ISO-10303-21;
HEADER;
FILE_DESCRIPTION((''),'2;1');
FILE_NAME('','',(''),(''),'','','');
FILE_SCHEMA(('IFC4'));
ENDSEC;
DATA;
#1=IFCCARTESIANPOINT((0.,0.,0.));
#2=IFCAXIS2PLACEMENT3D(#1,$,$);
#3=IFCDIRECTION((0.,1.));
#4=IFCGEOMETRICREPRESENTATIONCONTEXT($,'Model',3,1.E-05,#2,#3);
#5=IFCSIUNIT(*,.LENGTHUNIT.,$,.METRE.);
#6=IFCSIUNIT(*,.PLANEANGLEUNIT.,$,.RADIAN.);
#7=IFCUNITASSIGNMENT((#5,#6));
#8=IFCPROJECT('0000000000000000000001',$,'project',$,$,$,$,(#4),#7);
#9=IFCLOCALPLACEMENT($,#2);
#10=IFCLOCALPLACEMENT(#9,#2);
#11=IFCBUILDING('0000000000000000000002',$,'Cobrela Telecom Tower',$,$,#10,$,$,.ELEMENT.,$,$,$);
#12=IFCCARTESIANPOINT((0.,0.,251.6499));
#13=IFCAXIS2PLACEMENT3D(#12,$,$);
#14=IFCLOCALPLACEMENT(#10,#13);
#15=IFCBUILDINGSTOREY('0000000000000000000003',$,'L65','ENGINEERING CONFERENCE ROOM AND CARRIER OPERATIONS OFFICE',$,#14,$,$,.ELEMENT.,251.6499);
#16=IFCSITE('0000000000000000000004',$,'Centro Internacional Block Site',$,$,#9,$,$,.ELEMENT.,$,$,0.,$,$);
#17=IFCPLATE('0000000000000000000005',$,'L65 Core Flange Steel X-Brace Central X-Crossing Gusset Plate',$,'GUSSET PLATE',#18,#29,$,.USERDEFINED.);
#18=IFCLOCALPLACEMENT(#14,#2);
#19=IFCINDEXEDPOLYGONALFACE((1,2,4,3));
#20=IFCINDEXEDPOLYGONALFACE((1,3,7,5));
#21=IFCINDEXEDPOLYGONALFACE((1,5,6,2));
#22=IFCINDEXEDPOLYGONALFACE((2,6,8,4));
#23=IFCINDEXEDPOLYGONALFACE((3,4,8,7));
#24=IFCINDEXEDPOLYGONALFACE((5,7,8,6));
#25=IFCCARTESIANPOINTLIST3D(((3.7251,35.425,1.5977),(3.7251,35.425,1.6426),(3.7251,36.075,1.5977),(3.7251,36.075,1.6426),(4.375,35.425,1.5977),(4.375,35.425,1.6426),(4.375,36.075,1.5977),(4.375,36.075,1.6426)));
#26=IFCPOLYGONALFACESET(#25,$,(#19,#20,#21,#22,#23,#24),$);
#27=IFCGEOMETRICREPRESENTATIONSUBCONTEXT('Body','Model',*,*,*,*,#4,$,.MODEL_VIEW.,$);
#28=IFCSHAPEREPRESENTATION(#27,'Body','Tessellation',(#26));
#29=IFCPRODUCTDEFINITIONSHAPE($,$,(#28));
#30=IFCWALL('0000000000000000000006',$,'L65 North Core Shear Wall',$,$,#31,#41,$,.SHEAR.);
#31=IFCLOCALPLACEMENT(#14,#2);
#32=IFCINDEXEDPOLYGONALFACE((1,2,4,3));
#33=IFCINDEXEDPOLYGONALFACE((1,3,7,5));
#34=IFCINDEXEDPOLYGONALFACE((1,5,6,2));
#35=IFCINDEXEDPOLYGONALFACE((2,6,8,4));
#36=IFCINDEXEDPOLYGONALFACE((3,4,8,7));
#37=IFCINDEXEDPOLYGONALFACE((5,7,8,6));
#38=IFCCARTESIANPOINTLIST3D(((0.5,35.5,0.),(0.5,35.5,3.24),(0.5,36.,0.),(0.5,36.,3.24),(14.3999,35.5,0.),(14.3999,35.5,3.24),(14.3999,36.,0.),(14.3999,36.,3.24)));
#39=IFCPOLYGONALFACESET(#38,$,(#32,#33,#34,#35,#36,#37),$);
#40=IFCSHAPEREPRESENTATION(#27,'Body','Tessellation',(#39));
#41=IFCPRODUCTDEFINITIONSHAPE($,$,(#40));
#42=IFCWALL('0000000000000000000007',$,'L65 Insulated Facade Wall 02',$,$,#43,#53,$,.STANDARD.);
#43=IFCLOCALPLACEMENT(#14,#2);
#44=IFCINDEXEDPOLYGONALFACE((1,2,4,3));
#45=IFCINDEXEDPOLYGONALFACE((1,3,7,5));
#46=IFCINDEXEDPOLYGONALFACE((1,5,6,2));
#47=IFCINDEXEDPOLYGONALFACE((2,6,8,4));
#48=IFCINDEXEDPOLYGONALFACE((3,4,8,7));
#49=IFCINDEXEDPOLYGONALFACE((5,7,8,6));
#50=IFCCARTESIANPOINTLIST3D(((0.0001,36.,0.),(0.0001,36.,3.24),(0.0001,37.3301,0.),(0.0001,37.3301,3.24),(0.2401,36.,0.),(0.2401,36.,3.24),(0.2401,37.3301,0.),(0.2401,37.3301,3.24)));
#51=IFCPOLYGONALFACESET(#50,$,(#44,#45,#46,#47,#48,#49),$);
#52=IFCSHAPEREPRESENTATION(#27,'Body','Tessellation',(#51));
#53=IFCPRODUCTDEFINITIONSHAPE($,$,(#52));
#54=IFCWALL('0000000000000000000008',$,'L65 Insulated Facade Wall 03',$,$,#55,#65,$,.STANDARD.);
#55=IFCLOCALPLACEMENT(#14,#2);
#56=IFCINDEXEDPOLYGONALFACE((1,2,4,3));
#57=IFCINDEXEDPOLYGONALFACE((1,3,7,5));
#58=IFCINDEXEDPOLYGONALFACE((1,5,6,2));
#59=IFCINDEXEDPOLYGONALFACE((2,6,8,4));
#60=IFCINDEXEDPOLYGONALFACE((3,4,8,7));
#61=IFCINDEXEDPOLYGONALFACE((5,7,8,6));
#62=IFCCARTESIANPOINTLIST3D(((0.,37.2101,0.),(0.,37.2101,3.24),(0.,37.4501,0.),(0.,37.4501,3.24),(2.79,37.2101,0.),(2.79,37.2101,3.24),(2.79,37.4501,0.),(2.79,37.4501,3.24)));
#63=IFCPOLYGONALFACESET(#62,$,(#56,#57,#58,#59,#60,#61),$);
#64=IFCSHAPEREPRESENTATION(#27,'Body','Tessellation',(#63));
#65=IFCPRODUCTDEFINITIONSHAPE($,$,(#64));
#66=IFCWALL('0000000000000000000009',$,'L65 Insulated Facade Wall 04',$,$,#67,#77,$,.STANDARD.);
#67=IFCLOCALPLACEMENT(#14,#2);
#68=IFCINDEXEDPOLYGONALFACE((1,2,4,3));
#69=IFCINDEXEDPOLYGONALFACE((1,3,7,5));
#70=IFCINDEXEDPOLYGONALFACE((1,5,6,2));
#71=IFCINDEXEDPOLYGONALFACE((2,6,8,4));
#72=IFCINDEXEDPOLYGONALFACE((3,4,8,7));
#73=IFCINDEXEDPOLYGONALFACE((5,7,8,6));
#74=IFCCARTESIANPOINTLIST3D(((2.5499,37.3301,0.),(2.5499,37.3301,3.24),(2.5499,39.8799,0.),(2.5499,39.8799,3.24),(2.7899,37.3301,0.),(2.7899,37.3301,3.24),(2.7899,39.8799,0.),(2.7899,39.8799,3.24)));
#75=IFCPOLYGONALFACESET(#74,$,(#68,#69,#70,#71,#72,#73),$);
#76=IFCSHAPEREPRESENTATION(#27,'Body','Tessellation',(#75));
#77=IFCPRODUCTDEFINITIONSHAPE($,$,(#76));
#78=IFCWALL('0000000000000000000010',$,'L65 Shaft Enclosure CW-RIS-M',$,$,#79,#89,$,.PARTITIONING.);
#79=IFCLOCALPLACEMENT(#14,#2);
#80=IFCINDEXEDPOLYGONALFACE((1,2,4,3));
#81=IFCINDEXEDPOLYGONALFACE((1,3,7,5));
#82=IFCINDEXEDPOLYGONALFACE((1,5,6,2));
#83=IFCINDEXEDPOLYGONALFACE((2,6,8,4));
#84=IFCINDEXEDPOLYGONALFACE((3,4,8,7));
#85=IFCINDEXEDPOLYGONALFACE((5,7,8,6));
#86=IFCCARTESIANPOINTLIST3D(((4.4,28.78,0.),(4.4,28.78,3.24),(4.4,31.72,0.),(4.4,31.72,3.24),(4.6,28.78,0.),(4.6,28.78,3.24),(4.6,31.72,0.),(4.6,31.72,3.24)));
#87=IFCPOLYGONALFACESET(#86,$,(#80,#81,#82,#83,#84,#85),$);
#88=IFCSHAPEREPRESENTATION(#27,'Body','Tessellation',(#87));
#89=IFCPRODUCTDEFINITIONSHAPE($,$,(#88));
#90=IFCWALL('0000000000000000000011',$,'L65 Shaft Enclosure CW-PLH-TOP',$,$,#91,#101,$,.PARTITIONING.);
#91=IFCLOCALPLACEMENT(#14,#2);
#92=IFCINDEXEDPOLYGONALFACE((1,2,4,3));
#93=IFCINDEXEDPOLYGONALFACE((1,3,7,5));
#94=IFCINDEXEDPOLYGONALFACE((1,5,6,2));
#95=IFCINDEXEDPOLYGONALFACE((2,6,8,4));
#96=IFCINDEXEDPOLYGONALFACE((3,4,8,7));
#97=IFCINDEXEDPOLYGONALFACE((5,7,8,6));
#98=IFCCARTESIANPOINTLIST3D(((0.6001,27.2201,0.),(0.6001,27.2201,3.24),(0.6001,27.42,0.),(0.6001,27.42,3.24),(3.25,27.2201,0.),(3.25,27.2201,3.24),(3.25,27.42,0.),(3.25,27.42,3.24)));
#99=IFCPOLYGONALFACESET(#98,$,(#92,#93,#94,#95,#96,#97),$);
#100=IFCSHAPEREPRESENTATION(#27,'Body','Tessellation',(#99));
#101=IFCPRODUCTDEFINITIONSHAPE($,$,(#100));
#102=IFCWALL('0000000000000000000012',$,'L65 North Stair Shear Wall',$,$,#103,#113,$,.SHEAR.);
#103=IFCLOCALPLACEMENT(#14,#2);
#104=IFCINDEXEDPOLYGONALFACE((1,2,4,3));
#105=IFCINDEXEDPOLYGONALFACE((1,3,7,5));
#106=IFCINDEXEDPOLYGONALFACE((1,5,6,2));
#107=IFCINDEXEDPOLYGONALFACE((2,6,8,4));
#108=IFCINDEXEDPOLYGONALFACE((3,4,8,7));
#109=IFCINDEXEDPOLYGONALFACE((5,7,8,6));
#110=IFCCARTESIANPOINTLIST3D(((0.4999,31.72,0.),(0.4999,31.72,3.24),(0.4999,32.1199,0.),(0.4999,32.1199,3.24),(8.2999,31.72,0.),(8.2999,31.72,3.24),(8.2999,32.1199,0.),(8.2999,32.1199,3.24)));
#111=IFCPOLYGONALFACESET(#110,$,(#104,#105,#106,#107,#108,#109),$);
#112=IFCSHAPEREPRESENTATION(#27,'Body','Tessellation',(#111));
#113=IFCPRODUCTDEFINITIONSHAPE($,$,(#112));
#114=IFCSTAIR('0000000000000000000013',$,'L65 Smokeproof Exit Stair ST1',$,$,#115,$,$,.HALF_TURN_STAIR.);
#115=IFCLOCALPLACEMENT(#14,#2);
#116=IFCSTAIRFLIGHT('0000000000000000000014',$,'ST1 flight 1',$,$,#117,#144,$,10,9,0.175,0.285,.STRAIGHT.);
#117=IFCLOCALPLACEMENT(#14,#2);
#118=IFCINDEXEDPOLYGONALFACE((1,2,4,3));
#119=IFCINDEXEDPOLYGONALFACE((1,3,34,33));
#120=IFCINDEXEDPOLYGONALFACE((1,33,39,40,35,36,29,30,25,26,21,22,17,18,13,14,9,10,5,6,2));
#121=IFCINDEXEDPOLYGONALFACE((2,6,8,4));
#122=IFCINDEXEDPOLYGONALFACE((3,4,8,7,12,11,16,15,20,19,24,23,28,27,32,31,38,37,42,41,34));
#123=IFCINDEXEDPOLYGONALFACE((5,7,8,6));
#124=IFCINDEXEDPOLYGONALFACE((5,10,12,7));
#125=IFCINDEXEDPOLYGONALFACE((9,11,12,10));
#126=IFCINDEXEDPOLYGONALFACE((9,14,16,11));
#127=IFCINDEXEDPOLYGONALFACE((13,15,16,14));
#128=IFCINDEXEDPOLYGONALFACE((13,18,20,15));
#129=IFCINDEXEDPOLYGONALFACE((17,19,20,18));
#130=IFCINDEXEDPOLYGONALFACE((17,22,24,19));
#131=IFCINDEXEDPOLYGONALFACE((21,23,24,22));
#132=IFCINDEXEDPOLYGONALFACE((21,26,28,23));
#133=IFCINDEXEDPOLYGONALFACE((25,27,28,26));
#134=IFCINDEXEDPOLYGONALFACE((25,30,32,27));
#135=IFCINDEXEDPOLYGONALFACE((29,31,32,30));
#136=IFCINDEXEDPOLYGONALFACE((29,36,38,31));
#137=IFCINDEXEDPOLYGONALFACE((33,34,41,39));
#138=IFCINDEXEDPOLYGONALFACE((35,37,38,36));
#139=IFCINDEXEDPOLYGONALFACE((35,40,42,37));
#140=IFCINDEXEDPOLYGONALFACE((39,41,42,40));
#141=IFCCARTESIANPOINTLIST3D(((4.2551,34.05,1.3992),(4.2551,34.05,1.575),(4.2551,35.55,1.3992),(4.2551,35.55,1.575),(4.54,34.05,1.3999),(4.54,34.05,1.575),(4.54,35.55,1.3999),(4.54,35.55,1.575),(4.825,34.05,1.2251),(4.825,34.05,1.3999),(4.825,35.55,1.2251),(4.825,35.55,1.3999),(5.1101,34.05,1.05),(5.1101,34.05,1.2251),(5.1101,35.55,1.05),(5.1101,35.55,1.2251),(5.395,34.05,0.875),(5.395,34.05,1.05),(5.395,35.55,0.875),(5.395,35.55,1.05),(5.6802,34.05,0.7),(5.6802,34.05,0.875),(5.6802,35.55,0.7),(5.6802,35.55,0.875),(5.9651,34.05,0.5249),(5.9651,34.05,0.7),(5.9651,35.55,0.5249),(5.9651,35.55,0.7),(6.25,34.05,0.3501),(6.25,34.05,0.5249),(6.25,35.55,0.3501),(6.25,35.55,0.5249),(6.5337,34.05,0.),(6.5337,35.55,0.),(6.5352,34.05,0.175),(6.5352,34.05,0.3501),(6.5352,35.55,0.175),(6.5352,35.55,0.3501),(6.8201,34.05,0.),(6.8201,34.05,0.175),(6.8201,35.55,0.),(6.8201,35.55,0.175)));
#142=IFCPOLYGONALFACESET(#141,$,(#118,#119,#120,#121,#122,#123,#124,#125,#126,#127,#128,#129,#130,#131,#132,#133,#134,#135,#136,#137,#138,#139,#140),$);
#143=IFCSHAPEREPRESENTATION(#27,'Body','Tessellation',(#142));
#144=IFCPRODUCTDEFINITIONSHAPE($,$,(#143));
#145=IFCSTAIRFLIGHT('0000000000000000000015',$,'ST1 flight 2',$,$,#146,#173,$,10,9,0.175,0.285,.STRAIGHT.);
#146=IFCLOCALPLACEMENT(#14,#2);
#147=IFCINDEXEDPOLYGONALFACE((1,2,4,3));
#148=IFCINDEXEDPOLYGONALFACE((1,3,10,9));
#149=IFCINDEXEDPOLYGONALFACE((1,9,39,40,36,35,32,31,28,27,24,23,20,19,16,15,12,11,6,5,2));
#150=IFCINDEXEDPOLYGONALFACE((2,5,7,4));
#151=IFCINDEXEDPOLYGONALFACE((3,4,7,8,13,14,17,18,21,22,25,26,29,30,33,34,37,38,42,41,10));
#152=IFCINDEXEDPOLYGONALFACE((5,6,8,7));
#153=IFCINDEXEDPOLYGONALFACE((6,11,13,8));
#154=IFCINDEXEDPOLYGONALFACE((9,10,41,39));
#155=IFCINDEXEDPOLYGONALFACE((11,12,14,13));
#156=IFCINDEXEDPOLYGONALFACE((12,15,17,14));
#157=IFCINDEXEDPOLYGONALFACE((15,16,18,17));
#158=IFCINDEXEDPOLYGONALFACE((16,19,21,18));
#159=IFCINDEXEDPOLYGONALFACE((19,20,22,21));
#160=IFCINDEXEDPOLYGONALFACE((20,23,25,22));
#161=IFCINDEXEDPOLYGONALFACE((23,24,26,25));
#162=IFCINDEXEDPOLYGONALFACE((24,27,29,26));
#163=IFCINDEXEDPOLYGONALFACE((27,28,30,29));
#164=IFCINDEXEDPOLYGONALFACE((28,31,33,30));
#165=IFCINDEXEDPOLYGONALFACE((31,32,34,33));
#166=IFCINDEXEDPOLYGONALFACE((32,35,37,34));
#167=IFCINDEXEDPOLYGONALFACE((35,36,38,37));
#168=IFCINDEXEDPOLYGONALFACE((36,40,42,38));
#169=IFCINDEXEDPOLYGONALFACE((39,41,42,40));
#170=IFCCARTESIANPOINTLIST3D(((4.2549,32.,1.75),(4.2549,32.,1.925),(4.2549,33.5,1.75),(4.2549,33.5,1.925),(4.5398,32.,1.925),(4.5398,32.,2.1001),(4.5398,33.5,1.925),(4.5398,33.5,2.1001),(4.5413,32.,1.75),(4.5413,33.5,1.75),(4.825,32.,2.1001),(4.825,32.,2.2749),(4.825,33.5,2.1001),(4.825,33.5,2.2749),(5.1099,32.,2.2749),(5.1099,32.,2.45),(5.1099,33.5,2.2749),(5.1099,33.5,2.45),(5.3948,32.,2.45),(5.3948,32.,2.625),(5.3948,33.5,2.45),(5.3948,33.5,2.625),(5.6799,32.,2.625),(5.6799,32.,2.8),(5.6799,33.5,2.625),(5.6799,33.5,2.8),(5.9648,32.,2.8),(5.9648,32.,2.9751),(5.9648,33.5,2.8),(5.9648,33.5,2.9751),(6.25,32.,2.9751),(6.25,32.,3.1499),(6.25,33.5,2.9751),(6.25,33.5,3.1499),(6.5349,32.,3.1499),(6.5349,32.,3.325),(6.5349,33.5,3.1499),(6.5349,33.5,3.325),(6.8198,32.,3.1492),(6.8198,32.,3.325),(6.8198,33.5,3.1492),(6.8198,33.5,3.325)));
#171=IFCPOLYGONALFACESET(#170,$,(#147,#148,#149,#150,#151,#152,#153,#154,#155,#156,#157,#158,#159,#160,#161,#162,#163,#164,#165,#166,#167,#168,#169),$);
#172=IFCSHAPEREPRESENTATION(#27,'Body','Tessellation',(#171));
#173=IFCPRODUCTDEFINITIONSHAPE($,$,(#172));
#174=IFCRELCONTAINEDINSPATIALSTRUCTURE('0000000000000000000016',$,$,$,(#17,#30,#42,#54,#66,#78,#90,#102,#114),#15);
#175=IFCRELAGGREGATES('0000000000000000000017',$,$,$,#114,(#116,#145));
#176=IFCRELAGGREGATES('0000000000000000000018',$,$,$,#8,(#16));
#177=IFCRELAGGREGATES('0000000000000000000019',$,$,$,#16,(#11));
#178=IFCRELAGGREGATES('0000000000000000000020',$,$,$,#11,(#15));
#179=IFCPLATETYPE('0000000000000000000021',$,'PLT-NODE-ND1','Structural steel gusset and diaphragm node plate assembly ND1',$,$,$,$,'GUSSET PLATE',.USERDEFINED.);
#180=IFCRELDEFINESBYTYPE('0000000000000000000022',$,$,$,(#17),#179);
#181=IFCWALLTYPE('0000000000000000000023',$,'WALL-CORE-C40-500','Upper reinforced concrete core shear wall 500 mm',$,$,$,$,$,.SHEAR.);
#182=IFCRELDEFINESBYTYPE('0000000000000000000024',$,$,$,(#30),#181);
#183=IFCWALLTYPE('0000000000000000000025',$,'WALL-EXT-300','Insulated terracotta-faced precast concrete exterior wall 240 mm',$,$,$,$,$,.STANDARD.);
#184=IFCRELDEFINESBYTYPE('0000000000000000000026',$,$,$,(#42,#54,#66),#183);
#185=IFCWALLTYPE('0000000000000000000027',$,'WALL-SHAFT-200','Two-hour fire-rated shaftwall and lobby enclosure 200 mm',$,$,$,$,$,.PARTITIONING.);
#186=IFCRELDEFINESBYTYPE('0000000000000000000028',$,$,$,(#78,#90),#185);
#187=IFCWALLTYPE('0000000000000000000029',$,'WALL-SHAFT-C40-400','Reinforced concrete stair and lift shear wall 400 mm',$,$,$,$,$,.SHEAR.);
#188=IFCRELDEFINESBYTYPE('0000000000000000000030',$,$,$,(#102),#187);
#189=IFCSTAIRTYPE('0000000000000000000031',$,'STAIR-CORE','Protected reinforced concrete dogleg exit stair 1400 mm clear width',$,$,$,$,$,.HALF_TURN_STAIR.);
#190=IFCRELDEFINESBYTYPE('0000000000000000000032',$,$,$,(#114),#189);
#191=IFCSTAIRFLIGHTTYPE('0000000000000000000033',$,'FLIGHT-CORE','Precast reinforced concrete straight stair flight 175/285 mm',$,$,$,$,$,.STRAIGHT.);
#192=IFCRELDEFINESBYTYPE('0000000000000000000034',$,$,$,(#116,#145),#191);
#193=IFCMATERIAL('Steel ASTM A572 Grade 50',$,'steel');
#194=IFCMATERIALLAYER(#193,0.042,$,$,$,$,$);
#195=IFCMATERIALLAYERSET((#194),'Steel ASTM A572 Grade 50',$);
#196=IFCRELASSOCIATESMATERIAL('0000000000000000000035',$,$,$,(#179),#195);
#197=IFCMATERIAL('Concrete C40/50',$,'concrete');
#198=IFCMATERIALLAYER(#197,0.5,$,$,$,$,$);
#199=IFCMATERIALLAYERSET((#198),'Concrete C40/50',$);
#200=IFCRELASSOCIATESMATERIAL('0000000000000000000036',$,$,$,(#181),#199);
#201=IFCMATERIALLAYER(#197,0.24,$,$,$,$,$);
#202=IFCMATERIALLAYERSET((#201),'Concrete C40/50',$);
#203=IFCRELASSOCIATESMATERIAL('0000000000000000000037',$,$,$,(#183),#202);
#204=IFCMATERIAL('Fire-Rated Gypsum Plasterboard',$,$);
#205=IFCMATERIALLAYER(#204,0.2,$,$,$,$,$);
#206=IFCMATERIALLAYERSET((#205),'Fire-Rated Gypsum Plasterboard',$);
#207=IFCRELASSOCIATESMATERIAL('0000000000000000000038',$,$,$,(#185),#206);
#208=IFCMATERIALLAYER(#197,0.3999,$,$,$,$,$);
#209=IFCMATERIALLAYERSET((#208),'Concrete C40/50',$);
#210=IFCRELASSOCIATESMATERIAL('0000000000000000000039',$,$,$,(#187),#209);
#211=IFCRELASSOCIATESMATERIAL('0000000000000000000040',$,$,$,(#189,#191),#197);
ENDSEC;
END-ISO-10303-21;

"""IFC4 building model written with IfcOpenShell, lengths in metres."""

from ifc_helpers import new_model, si_unit, direction, frame, frame_2d, origin, origin_2d, place, context, subcontext, project, spatial, polyline, rectangle, outline, extrude, material, layer, layer_set, type_object, element, aggregate, save


model = new_model("IFC4")

# Units and contexts
model_context = context("Model", 3, precision=1e-05, world=origin(), true_north=direction((0.0, 1.0)))
body_context = subcontext(model_context, "Body", "Model", "MODEL_VIEW")
ifc_project = project(units=[si_unit("LENGTHUNIT", "METRE"), si_unit("PLANEANGLEUNIT", "RADIAN")], contexts=[model_context])

# Site, building, storey
site_placement = place(None, origin())
site = spatial("IfcSite", under=ifc_project, at=site_placement, Name="Centro Internacional Block Site", CompositionType="ELEMENT", RefElevation=0.0)
building_placement = place(site_placement, origin())
building = spatial("IfcBuilding", under=site, at=building_placement, Name="Cobrela Telecom Tower", CompositionType="ELEMENT")
storey_placement = place(building_placement, frame((0.0, 0.0, 251.6499)))
storey = spatial("IfcBuildingStorey", under=building, at=storey_placement, Name="L65", Description="ENGINEERING CONFERENCE ROOM AND CARRIER OPERATIONS OFFICE", CompositionType="ELEMENT", Elevation=251.6499)

# Shared definitions
ifc_material_1 = material(Name="Steel ASTM A572 Grade 50", Category="steel")

# Plate
ifc_layer_1 = layer(ifc_material_1, 0.042)
ifc_layer_set_1 = layer_set([ifc_layer_1], Name="Steel ASTM A572 Grade 50")
plate_type_1 = type_object("IfcPlateType", Name="PLT-NODE-ND1", Description="Structural steel gusset and diaphragm node plate assembly ND1", ElementType="GUSSET PLATE", PredefinedType="USERDEFINED", material=ifc_layer_set_1)
plate_1_placement = place(storey_placement, frame((4.05, 35.75, 1.5977), z_axis=(0.0, 0.0, 1.0), x_axis=(1.0, 0.0, 0.0)))
element("IfcPlate", 1, at=plate_1_placement, inside=storey, type_object=plate_type_1, Name="L65 Core Flange Steel X-Brace Central X-Crossing Gusset Plate", ObjectType="GUSSET PLATE", PredefinedType="USERDEFINED", context=body_context, shape_type="SweptSolid", body=[
    extrude(rectangle(XDim=0.6499, YDim=0.6499, at=origin_2d()), origin(), (0.0, 0.0, 1.0), 0.0449),
])

# Walls
ifc_material_2 = material(Name="Concrete C40/50", Category="concrete")
ifc_layer_2 = layer(ifc_material_2, 0.5)
ifc_layer_set_2 = layer_set([ifc_layer_2], Name="Concrete C40/50")
wall_type_1 = type_object("IfcWallType", Name="WALL-CORE-C40-500", Description="Upper reinforced concrete core shear wall 500 mm", PredefinedType="SHEAR", material=ifc_layer_set_2)
wall_1_placement = place(storey_placement, frame((0.5, 35.75, 0.0), z_axis=(0.0, 0.0, 1.0), x_axis=(1.0, 0.0, 0.0)))
element("IfcWall", 2, at=wall_1_placement, inside=storey, type_object=wall_type_1, Name="L65 North Core Shear Wall", PredefinedType="SHEAR", context=body_context, shape_type="SweptSolid", body=[
    extrude(rectangle(XDim=13.8999, YDim=0.5, at=frame_2d((6.95, 0.0))), origin(), (0.0, 0.0, 1.0), 3.24),
])
ifc_layer_3 = layer(ifc_material_2, 0.24)
ifc_layer_set_3 = layer_set([ifc_layer_3], Name="Concrete C40/50")
wall_type_2 = type_object("IfcWallType", Name="WALL-EXT-300", Description="Insulated terracotta-faced precast concrete exterior wall 240 mm", PredefinedType="STANDARD", material=ifc_layer_set_3)
wall_2_placement = place(storey_placement, frame((0.1201, 36.0, 0.0), z_axis=(0.0, 0.0, 1.0), x_axis=(0.0, 1.0, 0.0)))
element("IfcWall", 3, at=wall_2_placement, inside=storey, type_object=wall_type_2, Name="L65 Insulated Facade Wall 02", PredefinedType="STANDARD", context=body_context, shape_type="SweptSolid", body=[
    extrude(rectangle(XDim=1.3301, YDim=0.24, at=frame_2d((0.665, 0.0))), origin(), (0.0, 0.0, 1.0), 3.24),
])
wall_3_placement = place(storey_placement, frame((0.0, 37.3301, 0.0), z_axis=(0.0, 0.0, 1.0), x_axis=(1.0, 0.0, 0.0)))
element("IfcWall", 4, at=wall_3_placement, inside=storey, type_object=wall_type_2, Name="L65 Insulated Facade Wall 03", PredefinedType="STANDARD", context=body_context, shape_type="SweptSolid", body=[
    extrude(rectangle(XDim=2.79, YDim=0.24, at=frame_2d((1.395, 0.0))), origin(), (0.0, 0.0, 1.0), 3.24),
])
wall_4_placement = place(storey_placement, frame((2.6699, 37.3301, 0.0), z_axis=(0.0, 0.0, 1.0), x_axis=(0.0, 1.0, 0.0)))
element("IfcWall", 5, at=wall_4_placement, inside=storey, type_object=wall_type_2, Name="L65 Insulated Facade Wall 04", PredefinedType="STANDARD", context=body_context, shape_type="SweptSolid", body=[
    extrude(rectangle(XDim=2.5498, YDim=0.24, at=frame_2d((1.2749, 0.0))), origin(), (0.0, 0.0, 1.0), 3.24),
])

# Shared definitions
ifc_material_3 = material(Name="Fire-Rated Gypsum Plasterboard")
ifc_layer_4 = layer(ifc_material_3, 0.2)
ifc_layer_set_4 = layer_set([ifc_layer_4], Name="Fire-Rated Gypsum Plasterboard")
wall_type_3 = type_object("IfcWallType", Name="WALL-SHAFT-200", Description="Two-hour fire-rated shaftwall and lobby enclosure 200 mm", PredefinedType="PARTITIONING", material=ifc_layer_set_4)

# Walls
wall_5_placement = place(storey_placement, frame((4.5, 28.78, 0.0), z_axis=(0.0, 0.0, 1.0), x_axis=(0.0, 1.0, 0.0)))
element("IfcWall", 6, at=wall_5_placement, inside=storey, type_object=wall_type_3, Name="L65 Shaft Enclosure CW-RIS-M", PredefinedType="PARTITIONING", context=body_context, shape_type="SweptSolid", body=[
    extrude(rectangle(XDim=2.9399, YDim=0.2, at=frame_2d((1.47, 0.0))), origin(), (0.0, 0.0, 1.0), 3.24),
])
wall_6_placement = place(storey_placement, frame((0.6001, 27.3201, 0.0), z_axis=(0.0, 0.0, 1.0), x_axis=(1.0, 0.0, 0.0)))
element("IfcWall", 7, at=wall_6_placement, inside=storey, type_object=wall_type_3, Name="L65 Shaft Enclosure CW-PLH-TOP", PredefinedType="PARTITIONING", context=body_context, shape_type="SweptSolid", body=[
    extrude(rectangle(XDim=2.6499, YDim=0.2, at=frame_2d((1.325, 0.0))), origin(), (0.0, 0.0, 1.0), 3.24),
])
ifc_layer_5 = layer(ifc_material_2, 0.3999)
ifc_layer_set_5 = layer_set([ifc_layer_5], Name="Concrete C40/50")
wall_type_4 = type_object("IfcWallType", Name="WALL-SHAFT-C40-400", Description="Reinforced concrete stair and lift shear wall 400 mm", PredefinedType="SHEAR", material=ifc_layer_set_5)
wall_7_placement = place(storey_placement, frame((0.5, 31.9199, 0.0), z_axis=(0.0, 0.0, 1.0), x_axis=(1.0, 0.0, 0.0)))
element("IfcWall", 8, at=wall_7_placement, inside=storey, type_object=wall_type_4, Name="L65 North Stair Shear Wall", PredefinedType="SHEAR", context=body_context, shape_type="SweptSolid", body=[
    extrude(rectangle(XDim=7.8, YDim=0.3999, at=frame_2d((3.8999, 0.0))), origin(), (0.0, 0.0, 1.0), 3.24),
])

# Stair, stair flights
stair_type = type_object("IfcStairType", Name="STAIR-CORE", Description="Protected reinforced concrete dogleg exit stair 1400 mm clear width", PredefinedType="HALF_TURN_STAIR", material=ifc_material_2)
stair_placement = place(storey_placement, origin())
stair = element("IfcStair", 9, at=stair_placement, inside=storey, type_object=stair_type, Name="L65 Smokeproof Exit Stair ST1", PredefinedType="HALF_TURN_STAIR")
stair_flight_type = type_object("IfcStairFlightType", Name="FLIGHT-CORE", Description="Precast reinforced concrete straight stair flight 175/285 mm", PredefinedType="STRAIGHT", material=ifc_material_2)
stair_flight_1_placement = place(storey_placement, frame((6.8201, 34.8, 0.0), z_axis=(0.0, 0.0, 1.0), x_axis=(-1.0, 0.0, 0.0)))
stair_flight_1 = element("IfcStairFlight", 10, at=stair_flight_1_placement, type_object=stair_flight_type, Name="ST1 flight 1", NumberOfRisers=10, NumberOfTreads=9, PredefinedType="STRAIGHT", RiserHeight=0.175, TreadLength=0.285, context=body_context, shape_type="SweptSolid", body=[
    extrude(outline(polyline([(0.0, 0.0), (0.0, 0.175), (0.2849, 0.175), (0.2849, 0.3501), (0.5701, 0.3501), (0.5701, 0.5249), (0.855, 0.5249), (0.855, 0.7), (1.1399, 0.7), (1.1399, 0.875), (1.425, 0.875), (1.425, 1.05), (1.71, 1.05), (1.71, 1.2251), (1.9951, 1.2251), (1.9951, 1.3999), (2.28, 1.3999), (2.28, 1.575), (2.5649, 1.575), (2.5649, 1.75), (2.5649, 1.3992), (0.2864, 0.0), (0.0, 0.0)])), frame((0.0, 0.75, 0.0), z_axis=(0.0, -1.0, 0.0), x_axis=(1.0, 0.0, 0.0)), (0.0, 0.0, 1.0), 1.5),
])
stair_flight_2_placement = place(storey_placement, frame((4.2549, 32.75, 1.75), z_axis=(0.0, 0.0, 1.0), x_axis=(1.0, 0.0, 0.0)))
stair_flight_2 = element("IfcStairFlight", 11, at=stair_flight_2_placement, type_object=stair_flight_type, Name="ST1 flight 2", NumberOfRisers=10, NumberOfTreads=9, PredefinedType="STRAIGHT", RiserHeight=0.175, TreadLength=0.285, context=body_context, shape_type="SweptSolid", body=[
    extrude(outline(polyline([(0.0, 0.0), (0.0, 0.175), (0.2849, 0.175), (0.2849, 0.3501), (0.5701, 0.3501), (0.5701, 0.5249), (0.855, 0.5249), (0.855, 0.7), (1.1399, 0.7), (1.1399, 0.875), (1.425, 0.875), (1.425, 1.05), (1.71, 1.05), (1.71, 1.2251), (1.9951, 1.2251), (1.9951, 1.3999), (2.28, 1.3999), (2.28, 1.575), (2.5649, 1.575), (2.5649, 1.75), (2.5649, 1.3992), (0.2864, 0.0), (0.0, 0.0)])), frame((0.0, 0.75, 0.0), z_axis=(0.0, -1.0, 0.0), x_axis=(1.0, 0.0, 0.0)), (0.0, 0.0, 1.0), 1.5),
])
aggregate(stair, [stair_flight_1, stair_flight_2])

save(model, "model.ifc")
